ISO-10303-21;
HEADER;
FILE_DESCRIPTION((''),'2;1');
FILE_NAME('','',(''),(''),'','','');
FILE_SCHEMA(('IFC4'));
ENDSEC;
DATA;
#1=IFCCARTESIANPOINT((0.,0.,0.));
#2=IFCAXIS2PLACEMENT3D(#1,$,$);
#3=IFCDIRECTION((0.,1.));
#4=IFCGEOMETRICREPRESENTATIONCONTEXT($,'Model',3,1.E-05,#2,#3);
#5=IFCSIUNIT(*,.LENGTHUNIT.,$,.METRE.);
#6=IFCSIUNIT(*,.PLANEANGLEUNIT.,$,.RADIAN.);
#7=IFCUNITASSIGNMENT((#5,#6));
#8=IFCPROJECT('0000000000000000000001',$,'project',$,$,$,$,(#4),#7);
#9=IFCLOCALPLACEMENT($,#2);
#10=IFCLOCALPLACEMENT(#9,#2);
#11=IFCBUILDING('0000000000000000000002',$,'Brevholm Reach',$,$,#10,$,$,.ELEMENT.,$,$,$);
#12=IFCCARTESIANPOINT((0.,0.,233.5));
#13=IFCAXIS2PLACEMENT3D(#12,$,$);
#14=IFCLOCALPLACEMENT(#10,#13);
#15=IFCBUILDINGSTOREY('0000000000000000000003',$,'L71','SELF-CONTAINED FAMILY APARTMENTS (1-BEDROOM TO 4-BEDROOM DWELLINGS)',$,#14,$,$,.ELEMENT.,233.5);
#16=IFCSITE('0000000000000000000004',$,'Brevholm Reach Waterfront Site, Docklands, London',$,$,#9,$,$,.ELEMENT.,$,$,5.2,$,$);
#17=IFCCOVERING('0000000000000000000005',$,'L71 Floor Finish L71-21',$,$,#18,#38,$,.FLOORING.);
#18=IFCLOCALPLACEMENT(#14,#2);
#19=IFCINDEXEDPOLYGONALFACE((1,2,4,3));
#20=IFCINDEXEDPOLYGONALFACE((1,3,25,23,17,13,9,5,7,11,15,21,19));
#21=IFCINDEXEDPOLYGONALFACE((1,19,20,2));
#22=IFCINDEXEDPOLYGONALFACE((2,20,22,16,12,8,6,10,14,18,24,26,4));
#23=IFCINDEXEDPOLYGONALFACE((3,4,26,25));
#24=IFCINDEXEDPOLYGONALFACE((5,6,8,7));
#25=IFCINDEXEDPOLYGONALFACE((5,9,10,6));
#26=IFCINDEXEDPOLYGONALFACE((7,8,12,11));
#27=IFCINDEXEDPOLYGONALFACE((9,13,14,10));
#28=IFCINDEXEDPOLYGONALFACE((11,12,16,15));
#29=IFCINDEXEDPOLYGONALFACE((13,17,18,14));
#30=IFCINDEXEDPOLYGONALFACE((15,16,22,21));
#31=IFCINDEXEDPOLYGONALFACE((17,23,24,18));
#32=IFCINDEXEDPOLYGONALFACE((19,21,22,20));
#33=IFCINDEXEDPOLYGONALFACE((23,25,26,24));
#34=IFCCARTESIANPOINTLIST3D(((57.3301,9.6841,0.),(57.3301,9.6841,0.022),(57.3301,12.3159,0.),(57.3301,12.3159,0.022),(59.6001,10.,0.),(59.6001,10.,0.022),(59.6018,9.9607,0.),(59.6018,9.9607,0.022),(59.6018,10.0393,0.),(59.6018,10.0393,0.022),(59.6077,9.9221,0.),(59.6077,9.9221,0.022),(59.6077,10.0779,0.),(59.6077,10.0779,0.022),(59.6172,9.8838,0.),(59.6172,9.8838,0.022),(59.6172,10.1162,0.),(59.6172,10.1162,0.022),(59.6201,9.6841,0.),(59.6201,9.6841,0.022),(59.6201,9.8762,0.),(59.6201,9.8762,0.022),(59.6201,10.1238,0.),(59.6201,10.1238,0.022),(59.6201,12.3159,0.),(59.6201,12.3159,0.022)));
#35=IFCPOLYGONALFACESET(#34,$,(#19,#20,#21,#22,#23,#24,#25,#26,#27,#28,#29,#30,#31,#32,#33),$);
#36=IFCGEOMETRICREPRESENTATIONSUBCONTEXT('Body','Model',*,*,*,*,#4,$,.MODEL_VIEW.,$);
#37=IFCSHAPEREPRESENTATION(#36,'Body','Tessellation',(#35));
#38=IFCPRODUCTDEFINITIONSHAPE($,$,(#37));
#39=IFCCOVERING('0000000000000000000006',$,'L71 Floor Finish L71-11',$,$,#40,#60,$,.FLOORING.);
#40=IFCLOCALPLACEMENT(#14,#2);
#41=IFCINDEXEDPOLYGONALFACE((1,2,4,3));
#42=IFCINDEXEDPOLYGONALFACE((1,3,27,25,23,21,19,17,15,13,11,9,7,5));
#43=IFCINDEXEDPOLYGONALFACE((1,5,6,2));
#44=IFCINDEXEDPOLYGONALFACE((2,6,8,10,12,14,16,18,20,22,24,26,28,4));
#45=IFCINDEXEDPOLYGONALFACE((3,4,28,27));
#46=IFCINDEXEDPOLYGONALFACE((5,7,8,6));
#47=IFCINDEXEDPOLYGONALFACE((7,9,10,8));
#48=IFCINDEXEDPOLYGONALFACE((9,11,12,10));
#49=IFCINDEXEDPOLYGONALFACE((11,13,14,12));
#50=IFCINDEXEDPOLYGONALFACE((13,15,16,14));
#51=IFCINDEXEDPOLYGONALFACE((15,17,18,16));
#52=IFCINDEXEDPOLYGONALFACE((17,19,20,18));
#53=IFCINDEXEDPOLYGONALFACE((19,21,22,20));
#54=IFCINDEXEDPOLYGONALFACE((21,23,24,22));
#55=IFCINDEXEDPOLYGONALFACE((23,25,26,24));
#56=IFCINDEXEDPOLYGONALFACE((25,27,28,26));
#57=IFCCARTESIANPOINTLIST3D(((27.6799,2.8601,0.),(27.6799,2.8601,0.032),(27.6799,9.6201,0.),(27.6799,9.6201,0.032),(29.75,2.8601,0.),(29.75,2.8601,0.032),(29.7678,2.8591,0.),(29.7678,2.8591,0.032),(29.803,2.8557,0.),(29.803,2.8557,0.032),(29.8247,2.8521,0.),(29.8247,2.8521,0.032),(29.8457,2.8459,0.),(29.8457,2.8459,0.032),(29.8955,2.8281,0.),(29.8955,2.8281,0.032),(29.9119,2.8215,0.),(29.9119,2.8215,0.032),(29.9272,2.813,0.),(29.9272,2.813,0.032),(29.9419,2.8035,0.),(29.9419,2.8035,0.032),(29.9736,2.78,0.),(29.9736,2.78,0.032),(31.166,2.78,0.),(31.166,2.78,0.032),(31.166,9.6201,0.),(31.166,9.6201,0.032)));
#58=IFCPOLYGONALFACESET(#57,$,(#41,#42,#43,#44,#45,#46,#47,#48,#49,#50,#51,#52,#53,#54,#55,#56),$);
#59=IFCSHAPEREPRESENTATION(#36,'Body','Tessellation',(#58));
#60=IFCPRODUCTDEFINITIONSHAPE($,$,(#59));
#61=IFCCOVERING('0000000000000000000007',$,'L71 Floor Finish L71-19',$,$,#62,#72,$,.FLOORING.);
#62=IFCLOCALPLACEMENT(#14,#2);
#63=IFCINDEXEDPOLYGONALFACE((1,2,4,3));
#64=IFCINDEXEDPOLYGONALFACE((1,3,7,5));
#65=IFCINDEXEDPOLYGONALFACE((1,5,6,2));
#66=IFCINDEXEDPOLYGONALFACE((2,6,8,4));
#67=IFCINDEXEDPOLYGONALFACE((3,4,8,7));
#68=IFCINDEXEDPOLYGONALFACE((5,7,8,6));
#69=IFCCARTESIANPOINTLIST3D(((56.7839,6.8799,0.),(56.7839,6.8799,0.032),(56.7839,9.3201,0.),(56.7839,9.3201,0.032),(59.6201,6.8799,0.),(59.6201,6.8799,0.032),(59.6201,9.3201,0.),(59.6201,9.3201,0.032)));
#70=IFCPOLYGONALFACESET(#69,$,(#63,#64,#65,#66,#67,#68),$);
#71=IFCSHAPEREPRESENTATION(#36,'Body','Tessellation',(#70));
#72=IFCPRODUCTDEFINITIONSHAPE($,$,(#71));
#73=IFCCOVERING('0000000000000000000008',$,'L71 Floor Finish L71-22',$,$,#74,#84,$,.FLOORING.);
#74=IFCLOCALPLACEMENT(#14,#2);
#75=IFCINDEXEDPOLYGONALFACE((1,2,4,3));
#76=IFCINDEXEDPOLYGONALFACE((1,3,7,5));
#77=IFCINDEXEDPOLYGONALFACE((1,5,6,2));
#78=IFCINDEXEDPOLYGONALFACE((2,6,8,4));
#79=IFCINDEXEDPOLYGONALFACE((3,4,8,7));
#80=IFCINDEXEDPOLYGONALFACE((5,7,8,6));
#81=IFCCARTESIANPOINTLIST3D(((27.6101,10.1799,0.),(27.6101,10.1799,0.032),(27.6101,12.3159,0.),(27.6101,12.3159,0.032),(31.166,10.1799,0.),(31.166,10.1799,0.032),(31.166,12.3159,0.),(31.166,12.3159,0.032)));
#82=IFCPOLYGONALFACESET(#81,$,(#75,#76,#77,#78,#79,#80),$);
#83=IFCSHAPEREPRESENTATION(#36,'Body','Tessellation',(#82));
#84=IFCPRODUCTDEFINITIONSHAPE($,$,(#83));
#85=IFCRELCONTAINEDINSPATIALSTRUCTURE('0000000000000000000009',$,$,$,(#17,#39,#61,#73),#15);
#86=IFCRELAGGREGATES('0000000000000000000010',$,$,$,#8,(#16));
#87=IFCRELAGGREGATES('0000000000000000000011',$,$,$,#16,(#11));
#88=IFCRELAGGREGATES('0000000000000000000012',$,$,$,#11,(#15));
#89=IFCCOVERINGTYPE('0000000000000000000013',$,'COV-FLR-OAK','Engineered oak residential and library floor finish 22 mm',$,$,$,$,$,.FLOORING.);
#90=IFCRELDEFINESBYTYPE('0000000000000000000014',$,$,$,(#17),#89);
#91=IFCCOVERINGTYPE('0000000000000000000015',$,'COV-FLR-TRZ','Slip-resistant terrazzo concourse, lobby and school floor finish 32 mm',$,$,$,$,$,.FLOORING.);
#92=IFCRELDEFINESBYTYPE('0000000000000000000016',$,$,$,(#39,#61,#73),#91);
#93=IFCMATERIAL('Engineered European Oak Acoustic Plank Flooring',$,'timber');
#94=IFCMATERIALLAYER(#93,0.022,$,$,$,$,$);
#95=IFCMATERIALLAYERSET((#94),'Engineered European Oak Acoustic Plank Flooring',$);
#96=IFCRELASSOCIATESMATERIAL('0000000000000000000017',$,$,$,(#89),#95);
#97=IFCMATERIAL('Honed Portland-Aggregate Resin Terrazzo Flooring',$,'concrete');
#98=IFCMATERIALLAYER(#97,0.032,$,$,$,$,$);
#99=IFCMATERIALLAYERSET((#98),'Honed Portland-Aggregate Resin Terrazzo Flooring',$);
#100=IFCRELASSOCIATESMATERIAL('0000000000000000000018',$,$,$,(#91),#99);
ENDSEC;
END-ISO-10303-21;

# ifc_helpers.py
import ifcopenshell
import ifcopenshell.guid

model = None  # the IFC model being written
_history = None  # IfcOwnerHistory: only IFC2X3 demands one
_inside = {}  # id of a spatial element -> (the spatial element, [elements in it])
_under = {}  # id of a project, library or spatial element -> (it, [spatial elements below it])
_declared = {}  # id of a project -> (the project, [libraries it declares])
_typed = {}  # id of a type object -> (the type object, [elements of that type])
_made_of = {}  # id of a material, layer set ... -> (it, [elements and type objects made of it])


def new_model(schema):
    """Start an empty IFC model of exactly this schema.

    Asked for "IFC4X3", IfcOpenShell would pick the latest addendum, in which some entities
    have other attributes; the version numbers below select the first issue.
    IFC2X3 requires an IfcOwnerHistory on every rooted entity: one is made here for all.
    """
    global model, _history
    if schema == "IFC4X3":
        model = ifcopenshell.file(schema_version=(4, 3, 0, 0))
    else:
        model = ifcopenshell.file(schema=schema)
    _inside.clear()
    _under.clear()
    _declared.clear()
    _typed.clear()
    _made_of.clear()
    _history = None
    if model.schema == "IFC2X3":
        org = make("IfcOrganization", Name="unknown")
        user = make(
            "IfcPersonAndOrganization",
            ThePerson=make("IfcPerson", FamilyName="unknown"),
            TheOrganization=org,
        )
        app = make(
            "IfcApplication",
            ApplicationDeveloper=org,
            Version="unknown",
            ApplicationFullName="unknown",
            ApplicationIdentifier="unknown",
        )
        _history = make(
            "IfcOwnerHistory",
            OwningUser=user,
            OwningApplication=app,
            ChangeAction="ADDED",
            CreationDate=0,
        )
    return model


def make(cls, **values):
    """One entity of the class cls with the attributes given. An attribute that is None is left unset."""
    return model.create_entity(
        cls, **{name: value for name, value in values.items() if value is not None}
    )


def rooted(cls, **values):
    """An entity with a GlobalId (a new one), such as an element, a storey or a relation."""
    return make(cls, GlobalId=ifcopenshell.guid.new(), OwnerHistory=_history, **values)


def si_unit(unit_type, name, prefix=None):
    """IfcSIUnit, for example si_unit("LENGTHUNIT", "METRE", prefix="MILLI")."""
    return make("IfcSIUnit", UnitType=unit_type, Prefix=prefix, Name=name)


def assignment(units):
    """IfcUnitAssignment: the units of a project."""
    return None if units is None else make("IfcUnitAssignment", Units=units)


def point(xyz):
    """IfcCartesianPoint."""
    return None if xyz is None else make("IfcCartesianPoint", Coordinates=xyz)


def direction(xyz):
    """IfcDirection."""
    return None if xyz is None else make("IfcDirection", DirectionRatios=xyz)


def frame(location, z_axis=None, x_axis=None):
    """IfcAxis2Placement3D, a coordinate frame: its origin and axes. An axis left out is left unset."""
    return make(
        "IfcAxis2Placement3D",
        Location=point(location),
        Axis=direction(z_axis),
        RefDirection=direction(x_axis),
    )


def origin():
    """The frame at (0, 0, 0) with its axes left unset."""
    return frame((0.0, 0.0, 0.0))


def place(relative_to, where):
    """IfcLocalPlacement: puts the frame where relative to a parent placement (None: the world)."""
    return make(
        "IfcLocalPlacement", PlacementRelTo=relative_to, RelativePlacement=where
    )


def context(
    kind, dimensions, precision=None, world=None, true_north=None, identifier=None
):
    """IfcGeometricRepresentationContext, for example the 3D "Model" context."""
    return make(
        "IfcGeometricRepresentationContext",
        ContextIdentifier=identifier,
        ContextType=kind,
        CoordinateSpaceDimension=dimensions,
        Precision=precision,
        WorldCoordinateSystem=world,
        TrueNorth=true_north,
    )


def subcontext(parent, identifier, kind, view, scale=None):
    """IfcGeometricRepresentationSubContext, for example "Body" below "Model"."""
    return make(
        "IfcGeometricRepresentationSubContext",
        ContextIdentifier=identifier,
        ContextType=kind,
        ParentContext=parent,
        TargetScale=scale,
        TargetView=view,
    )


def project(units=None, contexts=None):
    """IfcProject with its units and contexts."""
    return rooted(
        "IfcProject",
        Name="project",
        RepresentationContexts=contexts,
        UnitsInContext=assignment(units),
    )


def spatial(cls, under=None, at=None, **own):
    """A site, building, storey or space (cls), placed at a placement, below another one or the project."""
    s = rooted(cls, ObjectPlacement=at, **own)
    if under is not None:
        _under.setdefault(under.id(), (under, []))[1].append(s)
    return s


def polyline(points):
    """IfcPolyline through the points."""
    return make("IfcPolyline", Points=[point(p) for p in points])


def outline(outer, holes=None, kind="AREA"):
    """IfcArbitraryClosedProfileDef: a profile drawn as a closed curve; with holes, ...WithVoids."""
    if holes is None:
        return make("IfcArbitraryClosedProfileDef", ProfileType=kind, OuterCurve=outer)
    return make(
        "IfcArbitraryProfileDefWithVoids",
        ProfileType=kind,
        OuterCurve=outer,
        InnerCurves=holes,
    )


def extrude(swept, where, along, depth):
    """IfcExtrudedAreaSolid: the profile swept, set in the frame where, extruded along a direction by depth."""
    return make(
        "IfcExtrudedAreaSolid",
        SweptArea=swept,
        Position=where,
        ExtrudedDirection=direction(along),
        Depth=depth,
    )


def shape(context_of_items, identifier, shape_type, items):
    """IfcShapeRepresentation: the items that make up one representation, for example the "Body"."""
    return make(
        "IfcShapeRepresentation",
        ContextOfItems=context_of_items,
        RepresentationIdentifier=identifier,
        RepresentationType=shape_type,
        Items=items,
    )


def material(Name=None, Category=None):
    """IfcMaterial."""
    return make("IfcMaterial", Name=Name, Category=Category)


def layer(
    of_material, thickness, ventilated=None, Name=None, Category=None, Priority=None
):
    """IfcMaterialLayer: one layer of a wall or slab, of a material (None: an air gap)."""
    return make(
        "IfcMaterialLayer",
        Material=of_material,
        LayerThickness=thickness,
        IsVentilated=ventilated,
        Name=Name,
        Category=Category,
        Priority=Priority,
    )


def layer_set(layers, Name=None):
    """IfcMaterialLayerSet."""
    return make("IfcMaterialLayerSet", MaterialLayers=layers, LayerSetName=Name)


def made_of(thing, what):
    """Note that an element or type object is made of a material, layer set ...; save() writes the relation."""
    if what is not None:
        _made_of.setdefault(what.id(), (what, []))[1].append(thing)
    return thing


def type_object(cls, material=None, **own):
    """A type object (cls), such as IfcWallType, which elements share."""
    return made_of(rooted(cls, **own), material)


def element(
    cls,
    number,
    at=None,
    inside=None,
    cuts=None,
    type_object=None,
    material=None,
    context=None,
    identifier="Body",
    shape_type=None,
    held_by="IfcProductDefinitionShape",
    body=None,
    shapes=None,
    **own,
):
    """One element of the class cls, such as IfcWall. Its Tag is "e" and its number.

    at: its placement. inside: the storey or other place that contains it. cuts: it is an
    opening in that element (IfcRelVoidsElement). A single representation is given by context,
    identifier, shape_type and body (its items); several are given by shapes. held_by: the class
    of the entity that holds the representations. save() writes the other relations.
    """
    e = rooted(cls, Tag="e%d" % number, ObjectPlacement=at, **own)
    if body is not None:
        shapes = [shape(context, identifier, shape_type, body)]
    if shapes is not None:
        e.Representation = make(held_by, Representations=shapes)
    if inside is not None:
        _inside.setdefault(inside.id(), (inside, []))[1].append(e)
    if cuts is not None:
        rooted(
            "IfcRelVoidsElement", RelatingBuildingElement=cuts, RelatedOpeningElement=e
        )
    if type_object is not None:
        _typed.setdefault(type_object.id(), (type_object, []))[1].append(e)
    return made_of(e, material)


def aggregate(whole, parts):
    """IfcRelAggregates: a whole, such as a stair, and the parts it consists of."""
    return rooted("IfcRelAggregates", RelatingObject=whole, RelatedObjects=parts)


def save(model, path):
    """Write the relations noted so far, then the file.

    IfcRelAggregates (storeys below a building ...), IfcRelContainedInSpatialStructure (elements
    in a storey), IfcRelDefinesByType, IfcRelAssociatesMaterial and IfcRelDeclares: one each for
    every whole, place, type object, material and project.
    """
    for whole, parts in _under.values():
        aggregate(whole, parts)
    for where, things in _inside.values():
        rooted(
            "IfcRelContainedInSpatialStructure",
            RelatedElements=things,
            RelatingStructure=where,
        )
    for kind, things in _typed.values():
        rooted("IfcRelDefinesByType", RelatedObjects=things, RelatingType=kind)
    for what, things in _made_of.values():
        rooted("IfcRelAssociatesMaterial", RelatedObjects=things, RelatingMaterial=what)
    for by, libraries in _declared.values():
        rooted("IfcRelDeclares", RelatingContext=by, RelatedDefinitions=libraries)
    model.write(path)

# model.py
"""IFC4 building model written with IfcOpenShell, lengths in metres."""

from ifc_helpers import new_model, si_unit, direction, frame, origin, place, context, subcontext, project, spatial, polyline, outline, extrude, material, layer, layer_set, type_object, element, save


model = new_model("IFC4")

# Units and contexts
model_context = context("Model", 3, precision=1e-05, world=origin(), true_north=direction((0.0, 1.0)))
body_context = subcontext(model_context, "Body", "Model", "MODEL_VIEW")
ifc_project = project(units=[si_unit("LENGTHUNIT", "METRE"), si_unit("PLANEANGLEUNIT", "RADIAN")], contexts=[model_context])

# Site, building, storey
site_placement = place(None, origin())
site = spatial("IfcSite", under=ifc_project, at=site_placement, Name="Brevholm Reach Waterfront Site, Docklands, London", CompositionType="ELEMENT", RefElevation=5.2)
building_placement = place(site_placement, origin())
building = spatial("IfcBuilding", under=site, at=building_placement, Name="Brevholm Reach", CompositionType="ELEMENT")
storey_placement = place(building_placement, frame((0.0, 0.0, 233.5)))
storey = spatial("IfcBuildingStorey", under=building, at=storey_placement, Name="L71", Description="SELF-CONTAINED FAMILY APARTMENTS (1-BEDROOM TO 4-BEDROOM DWELLINGS)", CompositionType="ELEMENT", Elevation=233.5)

# Coverings
ifc_material_1 = material(Name="Engineered European Oak Acoustic Plank Flooring", Category="timber")
ifc_layer_1 = layer(ifc_material_1, 0.022)
ifc_layer_set_1 = layer_set([ifc_layer_1], Name="Engineered European Oak Acoustic Plank Flooring")
covering_type_1 = type_object("IfcCoveringType", Name="COV-FLR-OAK", Description="Engineered oak residential and library floor finish 22 mm", PredefinedType="FLOORING", material=ifc_layer_set_1)
covering_1_placement = place(storey_placement, origin())
element("IfcCovering", 1, at=covering_1_placement, inside=storey, type_object=covering_type_1, Name="L71 Floor Finish L71-21", PredefinedType="FLOORING", context=body_context, shape_type="SweptSolid", body=[
    extrude(outline(polyline([(57.3301, 12.3159), (59.6201, 12.3159), (59.6201, 10.1238), (59.6172, 10.1162), (59.6077, 10.0779), (59.6018, 10.0393), (59.6001, 10.0), (59.6018, 9.9607), (59.6077, 9.9221), (59.6172, 9.8838), (59.6201, 9.8762), (59.6201, 9.6841), (57.3301, 9.6841), (57.3301, 12.3159)])), origin(), (0.0, 0.0, 1.0), 0.022),
])
ifc_material_2 = material(Name="Honed Portland-Aggregate Resin Terrazzo Flooring", Category="concrete")
ifc_layer_2 = layer(ifc_material_2, 0.032)
ifc_layer_set_2 = layer_set([ifc_layer_2], Name="Honed Portland-Aggregate Resin Terrazzo Flooring")
covering_type_2 = type_object("IfcCoveringType", Name="COV-FLR-TRZ", Description="Slip-resistant terrazzo concourse, lobby and school floor finish 32 mm", PredefinedType="FLOORING", material=ifc_layer_set_2)
covering_2_placement = place(storey_placement, origin())
element("IfcCovering", 2, at=covering_2_placement, inside=storey, type_object=covering_type_2, Name="L71 Floor Finish L71-11", PredefinedType="FLOORING", context=body_context, shape_type="SweptSolid", body=[
    extrude(outline(polyline([(31.166, 9.6201), (31.166, 2.78), (29.9736, 2.78), (29.9419, 2.8035), (29.9272, 2.813), (29.9119, 2.8215), (29.8955, 2.8281), (29.8457, 2.8459), (29.8247, 2.8521), (29.803, 2.8557), (29.7678, 2.8591), (29.75, 2.8601), (27.6799, 2.8601), (27.6799, 9.6201), (31.166, 9.6201)])), origin(), (0.0, 0.0, 1.0), 0.032),
])
covering_3_placement = place(storey_placement, origin())
element("IfcCovering", 3, at=covering_3_placement, inside=storey, type_object=covering_type_2, Name="L71 Floor Finish L71-19", PredefinedType="FLOORING", context=body_context, shape_type="SweptSolid", body=[
    extrude(outline(polyline([(59.6201, 9.3201), (59.6201, 6.8799), (56.7839, 6.8799), (56.7839, 9.3201), (59.6201, 9.3201)])), origin(), (0.0, 0.0, 1.0), 0.032),
])
covering_4_placement = place(storey_placement, origin())
element("IfcCovering", 4, at=covering_4_placement, inside=storey, type_object=covering_type_2, Name="L71 Floor Finish L71-22", PredefinedType="FLOORING", context=body_context, shape_type="SweptSolid", body=[
    extrude(outline(polyline([(27.6101, 10.1799), (27.6101, 12.3159), (31.166, 12.3159), (31.166, 10.1799), (27.6101, 10.1799)])), origin(), (0.0, 0.0, 1.0), 0.032),
])

save(model, "model.ifc")
